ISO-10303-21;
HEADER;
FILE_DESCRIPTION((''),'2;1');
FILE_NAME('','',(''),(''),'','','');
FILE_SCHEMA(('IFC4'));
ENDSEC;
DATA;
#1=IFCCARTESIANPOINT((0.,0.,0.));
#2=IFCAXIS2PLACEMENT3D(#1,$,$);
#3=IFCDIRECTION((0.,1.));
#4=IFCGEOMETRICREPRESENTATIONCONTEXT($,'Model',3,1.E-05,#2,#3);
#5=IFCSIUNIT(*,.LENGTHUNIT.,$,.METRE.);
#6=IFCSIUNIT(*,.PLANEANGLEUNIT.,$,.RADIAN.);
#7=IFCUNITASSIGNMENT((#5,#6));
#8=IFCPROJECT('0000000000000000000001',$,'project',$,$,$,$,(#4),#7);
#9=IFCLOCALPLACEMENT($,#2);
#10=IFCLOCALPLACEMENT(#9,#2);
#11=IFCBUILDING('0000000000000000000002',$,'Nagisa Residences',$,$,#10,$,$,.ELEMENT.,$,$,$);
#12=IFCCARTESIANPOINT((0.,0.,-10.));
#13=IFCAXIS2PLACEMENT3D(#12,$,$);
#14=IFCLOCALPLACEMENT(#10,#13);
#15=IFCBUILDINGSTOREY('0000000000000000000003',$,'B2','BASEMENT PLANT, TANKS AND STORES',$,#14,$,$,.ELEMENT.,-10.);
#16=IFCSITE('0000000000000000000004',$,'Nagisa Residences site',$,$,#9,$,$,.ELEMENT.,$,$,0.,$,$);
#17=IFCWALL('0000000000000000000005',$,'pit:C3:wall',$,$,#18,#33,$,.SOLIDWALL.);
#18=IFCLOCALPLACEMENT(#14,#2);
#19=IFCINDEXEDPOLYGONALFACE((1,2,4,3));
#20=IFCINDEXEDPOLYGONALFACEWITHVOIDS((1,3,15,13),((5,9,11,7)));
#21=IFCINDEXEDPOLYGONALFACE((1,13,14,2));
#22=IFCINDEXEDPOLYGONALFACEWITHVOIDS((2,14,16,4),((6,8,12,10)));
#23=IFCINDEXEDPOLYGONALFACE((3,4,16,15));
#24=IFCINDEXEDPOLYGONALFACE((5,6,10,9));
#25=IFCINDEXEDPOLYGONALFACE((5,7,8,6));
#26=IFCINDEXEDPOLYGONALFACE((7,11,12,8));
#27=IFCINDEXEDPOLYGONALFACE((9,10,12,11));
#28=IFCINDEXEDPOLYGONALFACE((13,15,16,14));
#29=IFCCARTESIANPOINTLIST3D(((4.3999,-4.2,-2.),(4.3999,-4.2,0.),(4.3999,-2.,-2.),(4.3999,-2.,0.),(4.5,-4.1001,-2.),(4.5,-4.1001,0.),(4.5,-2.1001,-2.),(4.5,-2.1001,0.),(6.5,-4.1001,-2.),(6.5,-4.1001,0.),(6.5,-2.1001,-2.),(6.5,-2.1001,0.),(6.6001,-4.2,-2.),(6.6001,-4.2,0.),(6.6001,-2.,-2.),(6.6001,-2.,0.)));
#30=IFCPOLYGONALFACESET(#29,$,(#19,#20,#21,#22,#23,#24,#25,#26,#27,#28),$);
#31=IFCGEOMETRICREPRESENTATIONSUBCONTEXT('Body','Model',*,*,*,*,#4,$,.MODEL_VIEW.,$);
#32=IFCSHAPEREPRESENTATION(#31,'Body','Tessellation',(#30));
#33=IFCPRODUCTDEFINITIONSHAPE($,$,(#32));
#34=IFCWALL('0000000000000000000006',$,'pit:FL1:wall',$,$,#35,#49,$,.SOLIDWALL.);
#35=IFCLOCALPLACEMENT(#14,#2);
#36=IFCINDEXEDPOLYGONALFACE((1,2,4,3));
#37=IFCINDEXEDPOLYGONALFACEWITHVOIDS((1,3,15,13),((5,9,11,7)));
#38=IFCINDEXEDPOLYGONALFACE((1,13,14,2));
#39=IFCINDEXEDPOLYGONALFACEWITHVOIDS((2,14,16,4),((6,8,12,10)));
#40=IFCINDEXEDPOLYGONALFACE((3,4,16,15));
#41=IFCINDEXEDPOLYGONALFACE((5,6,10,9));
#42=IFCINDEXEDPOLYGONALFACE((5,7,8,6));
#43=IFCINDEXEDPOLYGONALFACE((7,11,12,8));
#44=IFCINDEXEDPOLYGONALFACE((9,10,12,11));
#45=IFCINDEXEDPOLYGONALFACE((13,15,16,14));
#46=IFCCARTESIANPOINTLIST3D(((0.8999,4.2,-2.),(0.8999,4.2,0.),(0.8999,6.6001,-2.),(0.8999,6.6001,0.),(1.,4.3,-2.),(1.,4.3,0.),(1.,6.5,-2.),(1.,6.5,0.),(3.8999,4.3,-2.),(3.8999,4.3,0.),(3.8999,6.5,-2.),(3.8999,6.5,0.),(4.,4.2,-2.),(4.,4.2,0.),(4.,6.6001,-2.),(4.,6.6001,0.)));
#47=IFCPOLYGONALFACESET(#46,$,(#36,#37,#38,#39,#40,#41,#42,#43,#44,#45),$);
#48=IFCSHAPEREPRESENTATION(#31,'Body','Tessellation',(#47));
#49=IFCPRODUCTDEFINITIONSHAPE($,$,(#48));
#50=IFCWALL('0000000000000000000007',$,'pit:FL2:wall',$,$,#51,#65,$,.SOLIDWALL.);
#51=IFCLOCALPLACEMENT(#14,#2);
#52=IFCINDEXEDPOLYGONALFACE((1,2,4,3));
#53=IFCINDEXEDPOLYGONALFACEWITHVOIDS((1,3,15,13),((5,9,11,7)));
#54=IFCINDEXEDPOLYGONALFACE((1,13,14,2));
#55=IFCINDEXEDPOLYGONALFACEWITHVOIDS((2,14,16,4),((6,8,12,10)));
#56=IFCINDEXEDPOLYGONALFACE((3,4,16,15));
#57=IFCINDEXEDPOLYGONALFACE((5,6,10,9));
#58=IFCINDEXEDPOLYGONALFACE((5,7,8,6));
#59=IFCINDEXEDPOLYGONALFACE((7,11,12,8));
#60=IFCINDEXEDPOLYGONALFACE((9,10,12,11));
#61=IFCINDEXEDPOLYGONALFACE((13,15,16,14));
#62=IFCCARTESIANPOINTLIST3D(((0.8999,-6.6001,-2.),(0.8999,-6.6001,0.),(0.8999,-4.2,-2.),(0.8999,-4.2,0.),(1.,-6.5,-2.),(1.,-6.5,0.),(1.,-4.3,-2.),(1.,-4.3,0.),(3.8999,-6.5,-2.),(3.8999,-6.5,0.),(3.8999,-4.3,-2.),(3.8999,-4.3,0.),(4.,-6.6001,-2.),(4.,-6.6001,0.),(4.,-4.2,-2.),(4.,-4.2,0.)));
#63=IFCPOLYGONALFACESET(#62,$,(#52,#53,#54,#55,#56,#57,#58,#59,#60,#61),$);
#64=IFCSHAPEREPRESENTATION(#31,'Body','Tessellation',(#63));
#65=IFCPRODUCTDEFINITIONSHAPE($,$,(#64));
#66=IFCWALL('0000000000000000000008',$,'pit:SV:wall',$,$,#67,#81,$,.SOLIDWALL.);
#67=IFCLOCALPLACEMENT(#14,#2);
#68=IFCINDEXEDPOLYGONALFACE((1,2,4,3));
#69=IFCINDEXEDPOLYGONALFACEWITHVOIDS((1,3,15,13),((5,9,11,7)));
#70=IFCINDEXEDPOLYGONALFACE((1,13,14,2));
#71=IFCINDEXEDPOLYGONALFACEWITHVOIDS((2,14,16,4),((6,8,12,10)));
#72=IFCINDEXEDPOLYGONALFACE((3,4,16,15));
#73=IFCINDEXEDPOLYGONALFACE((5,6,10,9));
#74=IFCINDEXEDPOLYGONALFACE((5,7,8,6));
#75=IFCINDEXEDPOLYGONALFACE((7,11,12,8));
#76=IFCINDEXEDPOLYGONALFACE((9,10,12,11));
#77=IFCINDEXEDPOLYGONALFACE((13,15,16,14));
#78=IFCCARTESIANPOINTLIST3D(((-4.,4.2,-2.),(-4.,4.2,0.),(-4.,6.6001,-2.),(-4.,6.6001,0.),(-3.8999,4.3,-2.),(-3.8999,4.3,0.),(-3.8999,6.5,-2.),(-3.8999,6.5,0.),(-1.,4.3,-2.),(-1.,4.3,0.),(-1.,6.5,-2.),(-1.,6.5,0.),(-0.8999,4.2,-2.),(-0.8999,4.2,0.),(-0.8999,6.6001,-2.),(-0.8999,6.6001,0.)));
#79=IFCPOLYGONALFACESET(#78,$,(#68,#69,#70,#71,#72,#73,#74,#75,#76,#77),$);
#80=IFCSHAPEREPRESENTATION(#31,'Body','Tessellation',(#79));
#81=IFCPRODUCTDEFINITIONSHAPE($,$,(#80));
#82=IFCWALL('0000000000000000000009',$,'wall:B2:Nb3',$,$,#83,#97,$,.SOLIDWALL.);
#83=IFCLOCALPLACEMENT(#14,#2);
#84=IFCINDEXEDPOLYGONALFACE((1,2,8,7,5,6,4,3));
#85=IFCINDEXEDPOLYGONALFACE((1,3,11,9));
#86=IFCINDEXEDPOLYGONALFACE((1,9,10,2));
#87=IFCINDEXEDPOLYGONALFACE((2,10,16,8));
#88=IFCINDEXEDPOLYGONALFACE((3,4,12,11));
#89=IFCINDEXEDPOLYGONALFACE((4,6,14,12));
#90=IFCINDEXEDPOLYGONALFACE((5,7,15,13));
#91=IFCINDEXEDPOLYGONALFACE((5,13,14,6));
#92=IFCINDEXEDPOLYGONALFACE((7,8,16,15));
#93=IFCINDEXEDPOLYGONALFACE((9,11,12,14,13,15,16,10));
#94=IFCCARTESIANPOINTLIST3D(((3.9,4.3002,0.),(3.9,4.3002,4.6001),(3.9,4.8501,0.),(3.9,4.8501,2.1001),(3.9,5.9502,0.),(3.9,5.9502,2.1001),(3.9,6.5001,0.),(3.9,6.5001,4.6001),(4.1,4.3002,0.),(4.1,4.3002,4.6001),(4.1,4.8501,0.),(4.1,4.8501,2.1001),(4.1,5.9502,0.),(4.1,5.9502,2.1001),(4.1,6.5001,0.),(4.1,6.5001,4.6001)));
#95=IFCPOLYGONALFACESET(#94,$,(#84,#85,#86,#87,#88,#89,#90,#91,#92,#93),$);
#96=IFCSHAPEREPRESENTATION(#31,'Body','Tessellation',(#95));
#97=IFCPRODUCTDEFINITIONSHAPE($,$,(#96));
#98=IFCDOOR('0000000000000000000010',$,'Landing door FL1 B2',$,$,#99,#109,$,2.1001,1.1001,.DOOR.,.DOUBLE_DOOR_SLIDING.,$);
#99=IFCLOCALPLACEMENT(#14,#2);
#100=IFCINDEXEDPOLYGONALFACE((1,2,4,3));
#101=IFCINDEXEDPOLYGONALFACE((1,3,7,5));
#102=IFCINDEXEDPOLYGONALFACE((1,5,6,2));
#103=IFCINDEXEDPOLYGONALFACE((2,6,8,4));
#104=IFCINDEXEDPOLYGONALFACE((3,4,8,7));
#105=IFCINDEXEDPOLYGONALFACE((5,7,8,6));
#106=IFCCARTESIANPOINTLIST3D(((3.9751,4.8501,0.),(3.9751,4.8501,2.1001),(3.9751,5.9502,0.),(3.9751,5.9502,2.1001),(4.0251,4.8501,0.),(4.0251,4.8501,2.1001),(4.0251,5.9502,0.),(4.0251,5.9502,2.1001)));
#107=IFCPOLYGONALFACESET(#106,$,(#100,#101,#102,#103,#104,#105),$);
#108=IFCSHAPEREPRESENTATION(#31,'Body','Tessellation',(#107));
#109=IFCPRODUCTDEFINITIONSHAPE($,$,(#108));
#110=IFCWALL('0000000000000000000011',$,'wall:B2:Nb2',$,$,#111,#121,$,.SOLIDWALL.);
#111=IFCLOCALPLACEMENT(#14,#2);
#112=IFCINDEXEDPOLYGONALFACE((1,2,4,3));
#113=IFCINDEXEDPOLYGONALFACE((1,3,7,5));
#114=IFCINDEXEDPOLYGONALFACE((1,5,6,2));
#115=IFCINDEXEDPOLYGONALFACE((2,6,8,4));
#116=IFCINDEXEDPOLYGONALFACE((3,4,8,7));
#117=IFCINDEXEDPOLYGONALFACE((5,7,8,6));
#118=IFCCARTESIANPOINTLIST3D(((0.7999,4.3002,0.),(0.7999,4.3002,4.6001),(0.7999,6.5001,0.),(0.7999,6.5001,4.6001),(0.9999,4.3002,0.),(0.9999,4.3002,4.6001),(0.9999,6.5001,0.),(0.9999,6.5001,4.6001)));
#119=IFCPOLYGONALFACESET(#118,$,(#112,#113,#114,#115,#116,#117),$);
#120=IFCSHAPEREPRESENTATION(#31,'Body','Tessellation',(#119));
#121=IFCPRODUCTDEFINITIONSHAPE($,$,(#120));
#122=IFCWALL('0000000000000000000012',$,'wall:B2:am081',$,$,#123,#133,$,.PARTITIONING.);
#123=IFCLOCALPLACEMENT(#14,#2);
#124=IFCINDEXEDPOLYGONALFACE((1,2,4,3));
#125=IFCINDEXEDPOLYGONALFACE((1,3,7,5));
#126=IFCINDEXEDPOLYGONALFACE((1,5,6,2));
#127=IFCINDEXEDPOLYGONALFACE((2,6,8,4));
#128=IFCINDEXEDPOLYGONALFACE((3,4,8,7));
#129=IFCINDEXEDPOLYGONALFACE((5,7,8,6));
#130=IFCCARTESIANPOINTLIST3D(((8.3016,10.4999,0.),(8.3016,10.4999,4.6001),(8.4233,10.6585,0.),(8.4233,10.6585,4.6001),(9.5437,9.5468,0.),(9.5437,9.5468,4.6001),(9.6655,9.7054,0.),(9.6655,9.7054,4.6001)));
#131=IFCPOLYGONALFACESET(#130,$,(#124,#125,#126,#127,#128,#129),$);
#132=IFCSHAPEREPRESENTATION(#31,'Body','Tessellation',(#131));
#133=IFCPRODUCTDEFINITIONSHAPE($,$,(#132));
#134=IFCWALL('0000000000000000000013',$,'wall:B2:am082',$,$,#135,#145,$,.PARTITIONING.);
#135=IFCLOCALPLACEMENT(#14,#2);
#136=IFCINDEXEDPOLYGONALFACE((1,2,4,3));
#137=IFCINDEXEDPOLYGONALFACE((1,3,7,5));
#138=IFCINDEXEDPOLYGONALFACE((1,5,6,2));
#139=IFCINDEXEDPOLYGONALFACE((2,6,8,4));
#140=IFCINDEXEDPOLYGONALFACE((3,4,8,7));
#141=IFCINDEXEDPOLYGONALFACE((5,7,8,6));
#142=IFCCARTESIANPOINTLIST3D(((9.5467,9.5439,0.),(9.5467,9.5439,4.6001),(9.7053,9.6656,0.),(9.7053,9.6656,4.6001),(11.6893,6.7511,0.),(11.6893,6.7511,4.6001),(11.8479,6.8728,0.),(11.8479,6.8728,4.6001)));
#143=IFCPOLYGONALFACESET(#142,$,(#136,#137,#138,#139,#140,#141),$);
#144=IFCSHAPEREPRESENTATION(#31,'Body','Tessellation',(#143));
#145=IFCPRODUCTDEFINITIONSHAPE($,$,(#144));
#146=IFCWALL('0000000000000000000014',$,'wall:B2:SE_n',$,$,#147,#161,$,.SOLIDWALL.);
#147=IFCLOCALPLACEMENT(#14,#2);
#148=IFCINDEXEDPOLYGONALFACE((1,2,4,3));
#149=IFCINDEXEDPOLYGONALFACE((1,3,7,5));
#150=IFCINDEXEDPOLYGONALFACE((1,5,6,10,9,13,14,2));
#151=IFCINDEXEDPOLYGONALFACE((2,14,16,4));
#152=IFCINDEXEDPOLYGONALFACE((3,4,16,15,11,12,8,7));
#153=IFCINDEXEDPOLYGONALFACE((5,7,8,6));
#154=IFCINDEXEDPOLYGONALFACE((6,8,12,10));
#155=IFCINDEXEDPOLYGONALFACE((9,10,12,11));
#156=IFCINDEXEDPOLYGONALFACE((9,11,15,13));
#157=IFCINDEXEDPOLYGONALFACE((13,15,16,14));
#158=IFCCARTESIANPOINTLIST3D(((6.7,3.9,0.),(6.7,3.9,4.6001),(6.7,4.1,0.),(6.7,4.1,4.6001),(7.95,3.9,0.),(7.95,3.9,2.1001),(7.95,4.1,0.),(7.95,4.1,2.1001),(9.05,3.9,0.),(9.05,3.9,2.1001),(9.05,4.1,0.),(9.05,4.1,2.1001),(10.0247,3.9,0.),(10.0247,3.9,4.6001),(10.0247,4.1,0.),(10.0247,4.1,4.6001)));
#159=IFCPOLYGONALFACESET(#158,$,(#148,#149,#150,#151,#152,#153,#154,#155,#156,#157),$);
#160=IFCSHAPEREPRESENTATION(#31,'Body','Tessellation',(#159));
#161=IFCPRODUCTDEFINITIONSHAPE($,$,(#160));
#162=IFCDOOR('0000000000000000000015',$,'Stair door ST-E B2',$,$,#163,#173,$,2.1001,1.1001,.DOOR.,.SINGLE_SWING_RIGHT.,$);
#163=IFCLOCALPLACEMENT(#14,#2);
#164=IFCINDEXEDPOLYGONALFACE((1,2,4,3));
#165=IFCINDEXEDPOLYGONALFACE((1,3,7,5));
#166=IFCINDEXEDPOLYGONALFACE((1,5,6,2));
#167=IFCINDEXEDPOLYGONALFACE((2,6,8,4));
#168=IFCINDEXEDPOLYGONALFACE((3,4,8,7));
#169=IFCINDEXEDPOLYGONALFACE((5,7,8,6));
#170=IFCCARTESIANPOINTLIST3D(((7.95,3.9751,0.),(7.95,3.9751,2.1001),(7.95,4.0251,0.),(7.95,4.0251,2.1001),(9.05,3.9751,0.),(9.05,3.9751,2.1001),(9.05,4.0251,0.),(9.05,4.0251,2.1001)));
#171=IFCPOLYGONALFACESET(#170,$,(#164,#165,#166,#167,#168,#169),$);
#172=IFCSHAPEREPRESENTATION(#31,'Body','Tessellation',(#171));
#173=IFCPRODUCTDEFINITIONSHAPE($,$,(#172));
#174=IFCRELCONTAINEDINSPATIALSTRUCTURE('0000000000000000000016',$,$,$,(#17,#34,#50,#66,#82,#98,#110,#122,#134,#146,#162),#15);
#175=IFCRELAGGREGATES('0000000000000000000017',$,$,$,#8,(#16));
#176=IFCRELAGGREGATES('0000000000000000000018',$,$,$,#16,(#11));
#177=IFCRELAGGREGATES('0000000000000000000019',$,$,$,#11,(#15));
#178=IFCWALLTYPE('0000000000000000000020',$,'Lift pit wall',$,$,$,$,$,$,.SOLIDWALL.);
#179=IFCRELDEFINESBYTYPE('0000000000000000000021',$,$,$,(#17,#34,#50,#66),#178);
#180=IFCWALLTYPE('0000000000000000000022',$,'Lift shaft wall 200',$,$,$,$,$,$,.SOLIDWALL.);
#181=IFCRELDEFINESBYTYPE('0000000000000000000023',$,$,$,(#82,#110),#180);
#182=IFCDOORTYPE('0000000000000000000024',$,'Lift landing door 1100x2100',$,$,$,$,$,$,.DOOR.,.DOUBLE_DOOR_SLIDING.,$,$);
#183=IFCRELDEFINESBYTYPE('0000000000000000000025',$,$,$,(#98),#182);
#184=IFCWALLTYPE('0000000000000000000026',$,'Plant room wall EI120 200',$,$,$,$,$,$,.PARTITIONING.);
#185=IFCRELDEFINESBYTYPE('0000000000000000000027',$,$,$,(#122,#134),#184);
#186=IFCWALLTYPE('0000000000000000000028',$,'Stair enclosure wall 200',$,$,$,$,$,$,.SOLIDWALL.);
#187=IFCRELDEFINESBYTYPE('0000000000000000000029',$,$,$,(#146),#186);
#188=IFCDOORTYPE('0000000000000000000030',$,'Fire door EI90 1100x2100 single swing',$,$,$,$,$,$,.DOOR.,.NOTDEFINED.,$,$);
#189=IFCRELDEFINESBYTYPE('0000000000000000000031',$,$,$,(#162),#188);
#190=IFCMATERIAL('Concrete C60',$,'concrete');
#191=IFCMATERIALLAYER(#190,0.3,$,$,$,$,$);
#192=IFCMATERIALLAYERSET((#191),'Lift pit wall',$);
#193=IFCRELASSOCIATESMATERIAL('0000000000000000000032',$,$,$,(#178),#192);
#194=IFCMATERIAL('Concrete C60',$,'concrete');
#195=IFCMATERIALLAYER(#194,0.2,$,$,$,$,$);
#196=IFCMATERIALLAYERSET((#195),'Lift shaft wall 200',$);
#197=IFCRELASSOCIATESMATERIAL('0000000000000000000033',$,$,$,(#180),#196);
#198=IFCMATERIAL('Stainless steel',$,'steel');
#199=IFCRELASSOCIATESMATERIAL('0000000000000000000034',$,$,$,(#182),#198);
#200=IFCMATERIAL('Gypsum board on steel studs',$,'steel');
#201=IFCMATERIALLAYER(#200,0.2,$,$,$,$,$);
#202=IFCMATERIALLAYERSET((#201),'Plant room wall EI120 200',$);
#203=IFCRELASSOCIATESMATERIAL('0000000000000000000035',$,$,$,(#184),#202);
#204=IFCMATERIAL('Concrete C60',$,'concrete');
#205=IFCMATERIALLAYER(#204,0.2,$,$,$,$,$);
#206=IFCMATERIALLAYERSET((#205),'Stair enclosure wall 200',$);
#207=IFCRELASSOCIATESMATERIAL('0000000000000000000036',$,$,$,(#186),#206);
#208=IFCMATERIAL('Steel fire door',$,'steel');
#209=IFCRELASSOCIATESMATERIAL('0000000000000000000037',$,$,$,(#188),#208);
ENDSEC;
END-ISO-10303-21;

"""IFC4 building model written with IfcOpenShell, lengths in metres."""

from ifc_helpers import new_model, si_unit, direction, frame, frame_2d, origin, place, context, subcontext, project, spatial, polyline, rectangle, outline, extrude, material, layer, layer_set, type_object, element, fill, save


model = new_model("IFC4")

# Units and contexts
model_context = context("Model", 3, precision=1e-05, world=origin(), true_north=direction((0.0, 1.0)))
body_context = subcontext(model_context, "Body", "Model", "MODEL_VIEW")
ifc_project = project(units=[si_unit("LENGTHUNIT", "METRE"), si_unit("PLANEANGLEUNIT", "RADIAN")], contexts=[model_context])

# Site, building, storey
site_placement = place(None, origin())
site = spatial("IfcSite", under=ifc_project, at=site_placement, Name="Nagisa Residences site", CompositionType="ELEMENT", RefElevation=0.0)
building_placement = place(site_placement, origin())
building = spatial("IfcBuilding", under=site, at=building_placement, Name="Nagisa Residences", CompositionType="ELEMENT")
storey_placement = place(building_placement, frame((0.0, 0.0, -10.0)))
storey = spatial("IfcBuildingStorey", under=building, at=storey_placement, Name="B2", Description="BASEMENT PLANT, TANKS AND STORES", CompositionType="ELEMENT", Elevation=-10.0)

# Walls
ifc_material_1 = material(Name="Concrete C60", Category="concrete")
ifc_layer_1 = layer(ifc_material_1, 0.3)
ifc_layer_set_1 = layer_set([ifc_layer_1], Name="Lift pit wall")
wall_type_1 = type_object("IfcWallType", Name="Lift pit wall", PredefinedType="SOLIDWALL", material=ifc_layer_set_1)
wall_1_placement = place(storey_placement, frame((0.0, 0.0, -2.0)))
element("IfcWall", 1, at=wall_1_placement, inside=storey, type_object=wall_type_1, Name="pit:C3:wall", PredefinedType="SOLIDWALL", context=body_context, shape_type="SweptSolid", body=[
    extrude(outline(polyline([(6.6001, -4.2), (4.3999, -4.2), (4.3999, -2.0), (6.6001, -2.0), (6.6001, -4.2)]), holes=[polyline([(6.5, -4.1001), (6.5, -2.1001), (4.5, -2.1001), (4.5, -4.1001), (6.5, -4.1001)])]), origin(), (0.0, 0.0, 1.0), 2.0),
])
wall_2_placement = place(storey_placement, frame((0.0, 0.0, -2.0)))
element("IfcWall", 2, at=wall_2_placement, inside=storey, type_object=wall_type_1, Name="pit:FL1:wall", PredefinedType="SOLIDWALL", context=body_context, shape_type="SweptSolid", body=[
    extrude(outline(polyline([(4.0, 4.2), (0.8999, 4.2), (0.8999, 6.6001), (4.0, 6.6001), (4.0, 4.2)]), holes=[polyline([(3.8999, 4.3), (3.8999, 6.5), (1.0, 6.5), (1.0, 4.3), (3.8999, 4.3)])]), origin(), (0.0, 0.0, 1.0), 2.0),
])
wall_3_placement = place(storey_placement, frame((0.0, 0.0, -2.0)))
element("IfcWall", 3, at=wall_3_placement, inside=storey, type_object=wall_type_1, Name="pit:FL2:wall", PredefinedType="SOLIDWALL", context=body_context, shape_type="SweptSolid", body=[
    extrude(outline(polyline([(4.0, -6.6001), (0.8999, -6.6001), (0.8999, -4.2), (4.0, -4.2), (4.0, -6.6001)]), holes=[polyline([(3.8999, -6.5), (3.8999, -4.3), (1.0, -4.3), (1.0, -6.5), (3.8999, -6.5)])]), origin(), (0.0, 0.0, 1.0), 2.0),
])
wall_4_placement = place(storey_placement, frame((0.0, 0.0, -2.0)))
element("IfcWall", 4, at=wall_4_placement, inside=storey, type_object=wall_type_1, Name="pit:SV:wall", PredefinedType="SOLIDWALL", context=body_context, shape_type="SweptSolid", body=[
    extrude(outline(polyline([(-0.8999, 4.2), (-4.0, 4.2), (-4.0, 6.6001), (-0.8999, 6.6001), (-0.8999, 4.2)]), holes=[polyline([(-1.0, 4.3), (-1.0, 6.5), (-3.8999, 6.5), (-3.8999, 4.3), (-1.0, 4.3)])]), origin(), (0.0, 0.0, 1.0), 2.0),
])

# Wall, opening, door
ifc_material_2 = material(Name="Concrete C60", Category="concrete")
ifc_layer_2 = layer(ifc_material_2, 0.2)
ifc_layer_set_2 = layer_set([ifc_layer_2], Name="Lift shaft wall 200")
wall_type_2 = type_object("IfcWallType", Name="Lift shaft wall 200", PredefinedType="SOLIDWALL", material=ifc_layer_set_2)
wall_5_placement = place(storey_placement, frame((4.0, 4.3, 0.0), z_axis=(0.0, 0.0, 1.0), x_axis=(0.0, 1.0, 0.0)))
wall_5 = element("IfcWall", 5, at=wall_5_placement, inside=storey, type_object=wall_type_2, Name="wall:B2:Nb3", PredefinedType="SOLIDWALL", context=body_context, shape_type="SweptSolid", body=[
    extrude(rectangle(XDim=2.2, YDim=0.2, at=frame_2d((1.1001, 0.0))), origin(), (0.0, 0.0, 1.0), 4.6001),
])
opening_1_placement = place(wall_5_placement, frame((0.55, 0.0, 0.0)))
opening_1 = element("IfcOpeningElement", 6, at=opening_1_placement, cuts=wall_5, PredefinedType="OPENING", context=body_context, shape_type="SweptSolid", body=[
    extrude(rectangle(XDim=1.1001, YDim=2.1001, at=frame_2d((0.55, 1.05))), frame((0.0, 0.1099, 0.0), z_axis=(0.0, -1.0, 0.0), x_axis=(1.0, 0.0, 0.0)), (0.0, 0.0, 1.0), 0.22),
])
ifc_material_3 = material(Name="Stainless steel", Category="steel")
door_type_1 = type_object("IfcDoorType", Name="Lift landing door 1100x2100", OperationType="DOUBLE_DOOR_SLIDING", PredefinedType="DOOR", material=ifc_material_3)
door_1_placement = place(opening_1_placement, origin())
door_1 = element("IfcDoor", 7, at=door_1_placement, inside=storey, type_object=door_type_1, Name="Landing door FL1 B2", OperationType="DOUBLE_DOOR_SLIDING", OverallHeight=2.1001, OverallWidth=1.1001, PredefinedType="DOOR", context=body_context, shape_type="SweptSolid", body=[
    extrude(rectangle(XDim=1.1001, YDim=2.1001, at=frame_2d((0.55, 1.05))), frame((0.0, 0.0249, 0.0), z_axis=(0.0, -1.0, 0.0), x_axis=(1.0, 0.0, 0.0)), (0.0, 0.0, 1.0), 0.05),
])
fill(opening_1, door_1)

# Walls
wall_6_placement = place(storey_placement, frame((0.8999, 4.3, 0.0), z_axis=(0.0, 0.0, 1.0), x_axis=(0.0, 1.0, 0.0)))
element("IfcWall", 8, at=wall_6_placement, inside=storey, type_object=wall_type_2, Name="wall:B2:Nb2", PredefinedType="SOLIDWALL", context=body_context, shape_type="SweptSolid", body=[
    extrude(rectangle(XDim=2.2, YDim=0.2, at=frame_2d((1.1001, 0.0))), origin(), (0.0, 0.0, 1.0), 4.6001),
])
ifc_material_4 = material(Name="Gypsum board on steel studs", Category="steel")
ifc_layer_3 = layer(ifc_material_4, 0.2)
ifc_layer_set_3 = layer_set([ifc_layer_3], Name="Plant room wall EI120 200")
wall_type_3 = type_object("IfcWallType", Name="Plant room wall EI120 200", PredefinedType="PARTITIONING", material=ifc_layer_set_3)
wall_7_placement = place(storey_placement, frame((8.3625, 10.5791, 0.0), z_axis=(0.0, 0.0, 1.0), x_axis=(0.793365, -0.608746, 0.0)))
element("IfcWall", 9, at=wall_7_placement, inside=storey, type_object=wall_type_3, Name="wall:B2:am081", PredefinedType="PARTITIONING", context=body_context, shape_type="SweptSolid", body=[
    extrude(rectangle(XDim=1.5657, YDim=0.2, at=frame_2d((0.7827, 0.0))), origin(), (0.0, 0.0, 1.0), 4.6001),
])
wall_8_placement = place(storey_placement, frame((9.626, 9.6047, 0.0), z_axis=(0.0, 0.0, 1.0), x_axis=(0.608698, -0.793402, 0.0)))
element("IfcWall", 10, at=wall_8_placement, inside=storey, type_object=wall_type_3, Name="wall:B2:am082", PredefinedType="PARTITIONING", context=body_context, shape_type="SweptSolid", body=[
    extrude(rectangle(XDim=3.52, YDim=0.2, at=frame_2d((1.76, 0.0))), origin(), (0.0, 0.0, 1.0), 4.6001),
])

# Wall, opening, door
ifc_material_5 = material(Name="Concrete C60", Category="concrete")
ifc_layer_4 = layer(ifc_material_5, 0.2)
ifc_layer_set_4 = layer_set([ifc_layer_4], Name="Stair enclosure wall 200")
wall_type_4 = type_object("IfcWallType", Name="Stair enclosure wall 200", PredefinedType="SOLIDWALL", material=ifc_layer_set_4)
wall_9_placement = place(storey_placement, frame((6.7, 4.0, 0.0), z_axis=(0.0, 0.0, 1.0), x_axis=(1.0, 0.0, 0.0)))
wall_9 = element("IfcWall", 11, at=wall_9_placement, inside=storey, type_object=wall_type_4, Name="wall:B2:SE_n", PredefinedType="SOLIDWALL", context=body_context, shape_type="SweptSolid", body=[
    extrude(rectangle(XDim=3.3247, YDim=0.2, at=frame_2d((1.6624, 0.0))), origin(), (0.0, 0.0, 1.0), 4.6001),
])
opening_2_placement = place(wall_9_placement, frame((1.25, 0.0, 0.0)))
opening_2 = element("IfcOpeningElement", 12, at=opening_2_placement, cuts=wall_9, PredefinedType="OPENING", context=body_context, shape_type="SweptSolid", body=[
    extrude(rectangle(XDim=1.1001, YDim=2.1001, at=frame_2d((0.55, 1.05))), frame((0.0, 0.1099, 0.0), z_axis=(0.0, -1.0, 0.0), x_axis=(1.0, 0.0, 0.0)), (0.0, 0.0, 1.0), 0.22),
])
ifc_material_6 = material(Name="Steel fire door", Category="steel")
door_type_2 = type_object("IfcDoorType", Name="Fire door EI90 1100x2100 single swing", OperationType="NOTDEFINED", PredefinedType="DOOR", material=ifc_material_6)
door_2_placement = place(opening_2_placement, frame((1.1001, 0.0, 0.0), x_axis=(-1.0, 0.0, 0.0)))
door_2 = element("IfcDoor", 13, at=door_2_placement, inside=storey, type_object=door_type_2, Name="Stair door ST-E B2", OperationType="SINGLE_SWING_RIGHT", OverallHeight=2.1001, OverallWidth=1.1001, PredefinedType="DOOR", context=body_context, shape_type="SweptSolid", body=[
    extrude(rectangle(XDim=1.1001, YDim=2.1001, at=frame_2d((0.55, 1.05))), frame((0.0, 0.0249, 0.0), z_axis=(0.0, -1.0, 0.0), x_axis=(1.0, 0.0, 0.0)), (0.0, 0.0, 1.0), 0.05),
])
fill(opening_2, door_2)

save(model, "model.ifc")
